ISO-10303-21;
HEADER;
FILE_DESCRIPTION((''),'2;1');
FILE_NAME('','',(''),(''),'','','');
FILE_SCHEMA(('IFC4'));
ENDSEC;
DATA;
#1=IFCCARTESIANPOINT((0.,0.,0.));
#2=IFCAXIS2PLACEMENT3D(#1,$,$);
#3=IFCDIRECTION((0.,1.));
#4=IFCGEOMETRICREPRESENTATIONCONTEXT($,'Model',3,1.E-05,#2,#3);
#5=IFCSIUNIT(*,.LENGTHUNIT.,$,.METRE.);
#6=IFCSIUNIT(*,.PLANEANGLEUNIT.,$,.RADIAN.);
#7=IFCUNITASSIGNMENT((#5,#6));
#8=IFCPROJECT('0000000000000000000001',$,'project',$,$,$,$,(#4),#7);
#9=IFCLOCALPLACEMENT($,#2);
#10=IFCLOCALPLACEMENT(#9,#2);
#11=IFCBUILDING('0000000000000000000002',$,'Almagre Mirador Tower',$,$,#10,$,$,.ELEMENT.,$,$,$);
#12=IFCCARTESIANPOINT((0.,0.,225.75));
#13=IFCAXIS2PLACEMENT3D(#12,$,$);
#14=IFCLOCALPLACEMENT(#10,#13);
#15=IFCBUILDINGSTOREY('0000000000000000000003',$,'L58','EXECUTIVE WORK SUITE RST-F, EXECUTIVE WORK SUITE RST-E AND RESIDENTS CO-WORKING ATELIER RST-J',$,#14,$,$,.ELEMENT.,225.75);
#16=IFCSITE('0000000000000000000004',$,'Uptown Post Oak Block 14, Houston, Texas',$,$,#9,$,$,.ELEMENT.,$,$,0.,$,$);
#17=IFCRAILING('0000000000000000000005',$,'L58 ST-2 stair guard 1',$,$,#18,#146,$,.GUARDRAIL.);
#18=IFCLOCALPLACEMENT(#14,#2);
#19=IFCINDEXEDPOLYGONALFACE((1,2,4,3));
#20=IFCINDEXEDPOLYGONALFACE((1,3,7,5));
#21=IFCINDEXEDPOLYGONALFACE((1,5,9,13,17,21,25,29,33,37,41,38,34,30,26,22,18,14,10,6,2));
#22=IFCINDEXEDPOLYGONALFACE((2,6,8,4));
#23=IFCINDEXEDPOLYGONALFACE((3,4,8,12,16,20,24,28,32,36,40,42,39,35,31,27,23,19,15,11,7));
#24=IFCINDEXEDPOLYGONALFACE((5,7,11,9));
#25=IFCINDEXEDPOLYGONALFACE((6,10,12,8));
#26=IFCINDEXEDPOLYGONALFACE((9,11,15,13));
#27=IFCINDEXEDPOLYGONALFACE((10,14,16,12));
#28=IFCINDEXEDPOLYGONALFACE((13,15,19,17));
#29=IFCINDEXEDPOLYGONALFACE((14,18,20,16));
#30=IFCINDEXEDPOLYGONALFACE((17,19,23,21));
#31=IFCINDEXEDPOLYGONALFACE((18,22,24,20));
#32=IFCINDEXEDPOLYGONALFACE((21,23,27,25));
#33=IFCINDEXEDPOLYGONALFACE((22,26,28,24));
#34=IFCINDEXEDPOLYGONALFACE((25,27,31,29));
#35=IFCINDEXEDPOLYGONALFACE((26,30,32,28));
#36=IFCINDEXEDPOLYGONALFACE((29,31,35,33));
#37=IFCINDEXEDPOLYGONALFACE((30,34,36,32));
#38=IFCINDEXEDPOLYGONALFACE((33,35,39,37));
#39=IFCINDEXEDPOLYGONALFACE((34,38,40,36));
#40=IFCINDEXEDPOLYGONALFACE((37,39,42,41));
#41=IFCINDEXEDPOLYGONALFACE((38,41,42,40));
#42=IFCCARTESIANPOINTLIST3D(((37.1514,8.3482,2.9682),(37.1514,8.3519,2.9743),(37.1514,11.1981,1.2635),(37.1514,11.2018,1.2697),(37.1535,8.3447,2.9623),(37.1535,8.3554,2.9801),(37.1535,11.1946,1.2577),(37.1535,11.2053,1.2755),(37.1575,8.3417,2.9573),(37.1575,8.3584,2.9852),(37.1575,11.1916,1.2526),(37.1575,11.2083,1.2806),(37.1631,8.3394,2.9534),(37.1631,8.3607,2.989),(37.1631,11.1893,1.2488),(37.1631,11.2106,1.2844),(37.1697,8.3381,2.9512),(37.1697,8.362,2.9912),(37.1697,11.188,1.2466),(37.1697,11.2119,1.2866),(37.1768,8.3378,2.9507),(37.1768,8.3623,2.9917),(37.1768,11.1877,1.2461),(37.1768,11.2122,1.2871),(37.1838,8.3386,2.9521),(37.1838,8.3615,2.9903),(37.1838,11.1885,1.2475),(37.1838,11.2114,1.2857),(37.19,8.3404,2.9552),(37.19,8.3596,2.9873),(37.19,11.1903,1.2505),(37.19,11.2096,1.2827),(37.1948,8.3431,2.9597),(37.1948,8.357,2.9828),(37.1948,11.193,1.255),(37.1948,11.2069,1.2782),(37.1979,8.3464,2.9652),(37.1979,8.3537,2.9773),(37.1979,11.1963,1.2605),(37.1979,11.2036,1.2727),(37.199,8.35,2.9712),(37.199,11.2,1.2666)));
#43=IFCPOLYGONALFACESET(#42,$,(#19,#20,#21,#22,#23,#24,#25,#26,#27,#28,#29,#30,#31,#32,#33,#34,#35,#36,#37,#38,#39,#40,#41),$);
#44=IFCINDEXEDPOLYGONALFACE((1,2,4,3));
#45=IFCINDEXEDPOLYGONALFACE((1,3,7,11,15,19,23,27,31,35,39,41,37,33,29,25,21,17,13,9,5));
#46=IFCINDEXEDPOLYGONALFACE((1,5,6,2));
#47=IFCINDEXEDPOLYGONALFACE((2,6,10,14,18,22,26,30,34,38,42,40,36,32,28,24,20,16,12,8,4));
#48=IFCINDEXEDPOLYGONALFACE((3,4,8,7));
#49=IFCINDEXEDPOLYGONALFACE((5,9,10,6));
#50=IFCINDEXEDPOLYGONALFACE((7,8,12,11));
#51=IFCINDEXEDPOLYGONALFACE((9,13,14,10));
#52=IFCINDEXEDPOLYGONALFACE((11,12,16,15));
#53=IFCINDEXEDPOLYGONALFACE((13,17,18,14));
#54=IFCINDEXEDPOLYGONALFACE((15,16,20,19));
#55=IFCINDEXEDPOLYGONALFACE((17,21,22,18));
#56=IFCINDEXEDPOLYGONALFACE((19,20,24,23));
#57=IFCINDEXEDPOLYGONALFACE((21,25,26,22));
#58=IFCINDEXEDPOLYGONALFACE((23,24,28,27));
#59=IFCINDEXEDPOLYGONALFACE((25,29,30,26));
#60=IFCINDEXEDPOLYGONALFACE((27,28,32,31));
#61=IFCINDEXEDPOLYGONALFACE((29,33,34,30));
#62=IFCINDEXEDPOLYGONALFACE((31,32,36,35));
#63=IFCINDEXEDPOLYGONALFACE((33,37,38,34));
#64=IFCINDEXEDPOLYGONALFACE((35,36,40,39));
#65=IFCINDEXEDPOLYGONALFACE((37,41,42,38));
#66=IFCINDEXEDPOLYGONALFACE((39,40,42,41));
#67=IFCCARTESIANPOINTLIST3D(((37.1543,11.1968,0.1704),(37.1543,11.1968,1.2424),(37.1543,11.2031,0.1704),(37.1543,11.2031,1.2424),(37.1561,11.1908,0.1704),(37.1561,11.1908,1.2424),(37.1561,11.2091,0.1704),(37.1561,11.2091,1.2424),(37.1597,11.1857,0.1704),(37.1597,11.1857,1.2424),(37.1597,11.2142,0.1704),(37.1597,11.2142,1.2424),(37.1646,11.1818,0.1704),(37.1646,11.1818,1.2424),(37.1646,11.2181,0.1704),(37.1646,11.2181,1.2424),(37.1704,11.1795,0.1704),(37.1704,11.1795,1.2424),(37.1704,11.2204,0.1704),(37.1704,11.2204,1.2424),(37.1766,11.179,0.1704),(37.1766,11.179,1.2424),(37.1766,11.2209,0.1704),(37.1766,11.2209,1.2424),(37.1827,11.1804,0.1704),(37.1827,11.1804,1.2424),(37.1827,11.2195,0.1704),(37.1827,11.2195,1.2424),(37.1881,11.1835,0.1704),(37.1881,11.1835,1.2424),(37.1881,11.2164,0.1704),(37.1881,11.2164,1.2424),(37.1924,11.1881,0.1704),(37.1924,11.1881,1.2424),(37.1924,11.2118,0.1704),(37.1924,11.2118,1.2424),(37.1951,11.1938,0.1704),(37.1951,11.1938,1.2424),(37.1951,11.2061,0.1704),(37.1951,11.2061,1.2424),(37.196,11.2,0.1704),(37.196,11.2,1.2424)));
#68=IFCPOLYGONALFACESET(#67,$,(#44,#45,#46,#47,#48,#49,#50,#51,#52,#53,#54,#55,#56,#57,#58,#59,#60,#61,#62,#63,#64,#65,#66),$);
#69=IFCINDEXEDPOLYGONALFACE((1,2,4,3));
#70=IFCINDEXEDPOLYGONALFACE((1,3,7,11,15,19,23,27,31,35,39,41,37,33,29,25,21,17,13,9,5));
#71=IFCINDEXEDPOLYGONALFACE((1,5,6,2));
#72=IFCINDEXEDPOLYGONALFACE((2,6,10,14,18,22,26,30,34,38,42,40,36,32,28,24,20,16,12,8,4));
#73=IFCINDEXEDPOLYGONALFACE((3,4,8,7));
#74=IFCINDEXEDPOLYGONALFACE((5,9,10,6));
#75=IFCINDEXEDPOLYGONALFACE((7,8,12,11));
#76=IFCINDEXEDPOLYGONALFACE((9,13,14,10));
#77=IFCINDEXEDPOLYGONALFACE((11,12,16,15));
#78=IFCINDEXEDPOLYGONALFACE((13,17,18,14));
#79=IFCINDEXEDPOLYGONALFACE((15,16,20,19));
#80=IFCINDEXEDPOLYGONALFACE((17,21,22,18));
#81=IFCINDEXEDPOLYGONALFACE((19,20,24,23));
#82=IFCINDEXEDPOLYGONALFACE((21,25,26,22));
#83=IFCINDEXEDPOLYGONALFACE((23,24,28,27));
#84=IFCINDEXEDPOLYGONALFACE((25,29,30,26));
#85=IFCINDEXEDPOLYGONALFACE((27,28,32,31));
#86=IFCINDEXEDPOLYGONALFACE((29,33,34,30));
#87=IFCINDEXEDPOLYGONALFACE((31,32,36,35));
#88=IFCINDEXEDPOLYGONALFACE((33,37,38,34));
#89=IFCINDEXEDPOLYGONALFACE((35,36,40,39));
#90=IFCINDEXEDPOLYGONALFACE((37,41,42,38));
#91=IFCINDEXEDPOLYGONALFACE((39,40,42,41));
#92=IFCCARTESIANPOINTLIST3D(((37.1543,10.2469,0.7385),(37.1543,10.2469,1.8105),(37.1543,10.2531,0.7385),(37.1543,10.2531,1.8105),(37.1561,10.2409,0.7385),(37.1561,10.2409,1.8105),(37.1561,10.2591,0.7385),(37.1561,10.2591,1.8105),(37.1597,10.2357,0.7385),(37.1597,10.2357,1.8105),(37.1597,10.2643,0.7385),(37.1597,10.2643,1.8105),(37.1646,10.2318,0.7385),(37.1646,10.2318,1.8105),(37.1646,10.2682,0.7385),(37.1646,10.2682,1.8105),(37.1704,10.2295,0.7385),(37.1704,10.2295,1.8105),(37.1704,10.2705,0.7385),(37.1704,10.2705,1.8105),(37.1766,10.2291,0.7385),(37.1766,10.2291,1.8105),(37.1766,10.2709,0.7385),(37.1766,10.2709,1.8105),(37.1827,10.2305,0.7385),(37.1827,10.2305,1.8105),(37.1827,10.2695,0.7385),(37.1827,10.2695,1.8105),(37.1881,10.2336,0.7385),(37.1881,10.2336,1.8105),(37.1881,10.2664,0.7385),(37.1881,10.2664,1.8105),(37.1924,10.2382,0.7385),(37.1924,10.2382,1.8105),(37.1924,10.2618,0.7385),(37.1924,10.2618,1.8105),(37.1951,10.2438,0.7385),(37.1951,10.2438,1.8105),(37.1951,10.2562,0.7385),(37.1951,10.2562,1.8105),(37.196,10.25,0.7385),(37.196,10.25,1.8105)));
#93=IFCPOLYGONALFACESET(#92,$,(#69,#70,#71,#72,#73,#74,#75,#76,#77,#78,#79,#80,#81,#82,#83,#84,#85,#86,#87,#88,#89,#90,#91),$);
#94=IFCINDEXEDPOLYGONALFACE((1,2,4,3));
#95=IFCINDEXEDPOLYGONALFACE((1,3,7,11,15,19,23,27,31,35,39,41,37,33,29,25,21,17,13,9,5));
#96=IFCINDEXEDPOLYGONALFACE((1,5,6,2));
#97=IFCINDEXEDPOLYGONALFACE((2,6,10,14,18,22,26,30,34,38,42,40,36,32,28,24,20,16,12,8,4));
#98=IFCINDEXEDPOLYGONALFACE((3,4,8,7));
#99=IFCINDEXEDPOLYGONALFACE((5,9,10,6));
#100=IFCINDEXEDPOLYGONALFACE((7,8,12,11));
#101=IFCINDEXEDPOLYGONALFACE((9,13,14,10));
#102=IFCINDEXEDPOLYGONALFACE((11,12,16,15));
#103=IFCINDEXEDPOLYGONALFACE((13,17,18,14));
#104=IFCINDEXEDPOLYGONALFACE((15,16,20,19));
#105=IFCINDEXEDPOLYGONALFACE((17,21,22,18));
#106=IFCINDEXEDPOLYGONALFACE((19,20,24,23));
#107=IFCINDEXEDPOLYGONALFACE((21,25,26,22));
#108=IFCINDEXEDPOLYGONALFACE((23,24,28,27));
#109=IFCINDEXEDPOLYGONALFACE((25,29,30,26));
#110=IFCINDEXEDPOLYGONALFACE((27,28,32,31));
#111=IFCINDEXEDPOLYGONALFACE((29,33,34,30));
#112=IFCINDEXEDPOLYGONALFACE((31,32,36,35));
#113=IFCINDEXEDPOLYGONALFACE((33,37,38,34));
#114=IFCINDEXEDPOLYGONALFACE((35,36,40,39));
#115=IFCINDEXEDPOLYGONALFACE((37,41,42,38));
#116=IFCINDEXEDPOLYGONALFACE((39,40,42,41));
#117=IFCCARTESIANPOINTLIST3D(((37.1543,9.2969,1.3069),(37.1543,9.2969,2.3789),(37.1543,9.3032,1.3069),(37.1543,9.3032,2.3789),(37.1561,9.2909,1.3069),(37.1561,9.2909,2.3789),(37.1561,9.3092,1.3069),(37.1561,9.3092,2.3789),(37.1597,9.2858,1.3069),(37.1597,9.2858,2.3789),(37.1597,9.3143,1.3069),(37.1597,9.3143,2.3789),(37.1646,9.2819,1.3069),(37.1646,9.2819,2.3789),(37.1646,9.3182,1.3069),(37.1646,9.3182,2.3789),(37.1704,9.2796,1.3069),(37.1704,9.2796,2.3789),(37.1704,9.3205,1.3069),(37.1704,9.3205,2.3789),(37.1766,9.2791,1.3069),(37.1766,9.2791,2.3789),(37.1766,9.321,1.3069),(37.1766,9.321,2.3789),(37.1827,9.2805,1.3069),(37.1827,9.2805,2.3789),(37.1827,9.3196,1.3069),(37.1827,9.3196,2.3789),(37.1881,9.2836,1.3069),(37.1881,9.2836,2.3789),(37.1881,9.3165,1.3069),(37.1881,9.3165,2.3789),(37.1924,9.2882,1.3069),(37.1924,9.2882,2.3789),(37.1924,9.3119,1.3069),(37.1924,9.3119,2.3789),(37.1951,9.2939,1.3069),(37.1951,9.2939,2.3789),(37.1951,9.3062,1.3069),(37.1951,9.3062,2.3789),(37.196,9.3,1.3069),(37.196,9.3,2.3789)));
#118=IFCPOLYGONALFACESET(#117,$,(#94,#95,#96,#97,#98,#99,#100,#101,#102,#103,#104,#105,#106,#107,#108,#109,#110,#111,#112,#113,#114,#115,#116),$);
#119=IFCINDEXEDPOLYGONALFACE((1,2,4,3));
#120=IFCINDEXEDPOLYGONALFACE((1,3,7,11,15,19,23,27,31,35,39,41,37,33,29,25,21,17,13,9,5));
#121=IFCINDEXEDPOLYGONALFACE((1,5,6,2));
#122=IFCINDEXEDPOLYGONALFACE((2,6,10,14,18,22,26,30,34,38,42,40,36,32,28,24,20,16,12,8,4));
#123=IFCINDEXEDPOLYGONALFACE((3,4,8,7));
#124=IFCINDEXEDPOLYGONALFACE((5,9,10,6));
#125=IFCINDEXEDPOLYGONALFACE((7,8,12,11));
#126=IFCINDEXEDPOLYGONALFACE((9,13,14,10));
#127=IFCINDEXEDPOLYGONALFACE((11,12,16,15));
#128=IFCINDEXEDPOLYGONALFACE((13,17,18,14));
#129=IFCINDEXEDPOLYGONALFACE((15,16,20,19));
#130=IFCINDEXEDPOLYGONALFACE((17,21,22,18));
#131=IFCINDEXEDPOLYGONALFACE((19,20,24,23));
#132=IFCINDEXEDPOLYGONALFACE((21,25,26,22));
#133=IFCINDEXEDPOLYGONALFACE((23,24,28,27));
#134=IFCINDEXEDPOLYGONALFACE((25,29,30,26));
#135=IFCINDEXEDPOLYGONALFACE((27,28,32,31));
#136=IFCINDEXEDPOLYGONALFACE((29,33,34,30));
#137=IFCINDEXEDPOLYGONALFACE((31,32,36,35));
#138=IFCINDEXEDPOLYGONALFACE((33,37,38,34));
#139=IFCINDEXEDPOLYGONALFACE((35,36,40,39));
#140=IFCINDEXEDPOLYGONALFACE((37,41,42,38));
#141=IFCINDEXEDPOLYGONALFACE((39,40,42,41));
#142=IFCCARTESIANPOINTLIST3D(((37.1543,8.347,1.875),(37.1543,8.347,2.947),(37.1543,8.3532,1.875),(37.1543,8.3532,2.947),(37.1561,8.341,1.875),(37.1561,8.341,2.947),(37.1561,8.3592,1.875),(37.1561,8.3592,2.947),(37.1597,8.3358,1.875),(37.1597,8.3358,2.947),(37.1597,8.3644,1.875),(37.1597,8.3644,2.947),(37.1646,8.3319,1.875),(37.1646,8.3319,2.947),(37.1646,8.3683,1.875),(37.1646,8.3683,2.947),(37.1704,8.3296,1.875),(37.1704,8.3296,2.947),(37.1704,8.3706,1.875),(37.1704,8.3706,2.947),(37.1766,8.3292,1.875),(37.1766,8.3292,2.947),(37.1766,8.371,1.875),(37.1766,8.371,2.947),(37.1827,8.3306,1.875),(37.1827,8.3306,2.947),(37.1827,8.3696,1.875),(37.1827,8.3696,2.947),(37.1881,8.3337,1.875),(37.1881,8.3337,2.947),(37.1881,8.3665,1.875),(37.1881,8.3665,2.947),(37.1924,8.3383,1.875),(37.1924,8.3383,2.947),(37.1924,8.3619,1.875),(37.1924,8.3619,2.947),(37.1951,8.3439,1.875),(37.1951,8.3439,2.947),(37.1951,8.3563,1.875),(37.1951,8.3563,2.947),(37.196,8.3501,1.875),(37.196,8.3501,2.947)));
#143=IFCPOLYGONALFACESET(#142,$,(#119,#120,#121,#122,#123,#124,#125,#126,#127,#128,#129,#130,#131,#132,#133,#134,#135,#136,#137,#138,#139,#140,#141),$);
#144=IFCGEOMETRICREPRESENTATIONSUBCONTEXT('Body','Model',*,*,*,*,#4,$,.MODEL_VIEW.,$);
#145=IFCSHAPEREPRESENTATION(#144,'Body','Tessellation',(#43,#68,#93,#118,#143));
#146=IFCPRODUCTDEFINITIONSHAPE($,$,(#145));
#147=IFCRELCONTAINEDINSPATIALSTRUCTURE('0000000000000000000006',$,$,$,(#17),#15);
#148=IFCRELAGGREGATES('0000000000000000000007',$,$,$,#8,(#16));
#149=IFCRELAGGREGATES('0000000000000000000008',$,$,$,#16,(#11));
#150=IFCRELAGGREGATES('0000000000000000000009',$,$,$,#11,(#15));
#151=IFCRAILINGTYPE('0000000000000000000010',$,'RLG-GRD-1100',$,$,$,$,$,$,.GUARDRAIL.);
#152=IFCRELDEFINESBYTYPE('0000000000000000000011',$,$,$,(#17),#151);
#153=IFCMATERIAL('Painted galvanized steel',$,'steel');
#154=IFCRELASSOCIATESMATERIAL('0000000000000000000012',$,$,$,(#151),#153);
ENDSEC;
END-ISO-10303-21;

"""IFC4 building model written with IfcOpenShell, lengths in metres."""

from ifc_helpers import new_model, si_unit, direction, frame, origin, origin_2d, place, context, subcontext, project, spatial, circle, extrude, material, type_object, element, save


model = new_model("IFC4")

# Units and contexts
model_context = context("Model", 3, precision=1e-05, world=origin(), true_north=direction((0.0, 1.0)))
body_context = subcontext(model_context, "Body", "Model", "MODEL_VIEW")
ifc_project = project(units=[si_unit("LENGTHUNIT", "METRE"), si_unit("PLANEANGLEUNIT", "RADIAN")], contexts=[model_context])

# Site, building, storey
site_placement = place(None, origin())
site = spatial("IfcSite", under=ifc_project, at=site_placement, Name="Uptown Post Oak Block 14, Houston, Texas", CompositionType="ELEMENT", RefElevation=0.0)
building_placement = place(site_placement, origin())
building = spatial("IfcBuilding", under=site, at=building_placement, Name="Almagre Mirador Tower", CompositionType="ELEMENT")
storey_placement = place(building_placement, frame((0.0, 0.0, 225.75)))
storey = spatial("IfcBuildingStorey", under=building, at=storey_placement, Name="L58", Description="EXECUTIVE WORK SUITE RST-F, EXECUTIVE WORK SUITE RST-E AND RESIDENTS CO-WORKING ATELIER RST-J", CompositionType="ELEMENT", Elevation=225.75)

# Railing
ifc_material_1 = material(Name="Painted galvanized steel", Category="steel")
railing_type_1 = type_object("IfcRailingType", Name="RLG-GRD-1100", PredefinedType="GUARDRAIL", material=ifc_material_1)
railing_1_placement = place(storey_placement, frame((37.175, 11.2, 0.1704)))
element("IfcRailing", 1, at=railing_1_placement, inside=storey, type_object=railing_type_1, Name="L58 ST-2 stair guard 1", PredefinedType="GUARDRAIL", context=body_context, shape_type="SweptSolid", body=[
    extrude(circle(Radius=0.0239, at=origin_2d()), frame((0.0, 0.0, 1.0962), z_axis=(0.0, -0.858199, 0.513317), x_axis=(1.0, 0.0, 0.0)), (0.0, 0.0, 1.0), 3.3208),
    extrude(circle(Radius=0.021, at=origin_2d()), origin(), (0.0, 0.0, 1.0), 1.072),
    extrude(circle(Radius=0.021, at=origin_2d()), frame((0.0, -0.95, 0.5681)), (0.0, 0.0, 1.0), 1.072),
    extrude(circle(Radius=0.021, at=origin_2d()), frame((0.0, -1.8999, 1.1365)), (0.0, 0.0, 1.0), 1.072),
    extrude(circle(Radius=0.021, at=origin_2d()), frame((0.0, -2.8499, 1.7046)), (0.0, 0.0, 1.0), 1.072),
])

save(model, "model.ifc")
